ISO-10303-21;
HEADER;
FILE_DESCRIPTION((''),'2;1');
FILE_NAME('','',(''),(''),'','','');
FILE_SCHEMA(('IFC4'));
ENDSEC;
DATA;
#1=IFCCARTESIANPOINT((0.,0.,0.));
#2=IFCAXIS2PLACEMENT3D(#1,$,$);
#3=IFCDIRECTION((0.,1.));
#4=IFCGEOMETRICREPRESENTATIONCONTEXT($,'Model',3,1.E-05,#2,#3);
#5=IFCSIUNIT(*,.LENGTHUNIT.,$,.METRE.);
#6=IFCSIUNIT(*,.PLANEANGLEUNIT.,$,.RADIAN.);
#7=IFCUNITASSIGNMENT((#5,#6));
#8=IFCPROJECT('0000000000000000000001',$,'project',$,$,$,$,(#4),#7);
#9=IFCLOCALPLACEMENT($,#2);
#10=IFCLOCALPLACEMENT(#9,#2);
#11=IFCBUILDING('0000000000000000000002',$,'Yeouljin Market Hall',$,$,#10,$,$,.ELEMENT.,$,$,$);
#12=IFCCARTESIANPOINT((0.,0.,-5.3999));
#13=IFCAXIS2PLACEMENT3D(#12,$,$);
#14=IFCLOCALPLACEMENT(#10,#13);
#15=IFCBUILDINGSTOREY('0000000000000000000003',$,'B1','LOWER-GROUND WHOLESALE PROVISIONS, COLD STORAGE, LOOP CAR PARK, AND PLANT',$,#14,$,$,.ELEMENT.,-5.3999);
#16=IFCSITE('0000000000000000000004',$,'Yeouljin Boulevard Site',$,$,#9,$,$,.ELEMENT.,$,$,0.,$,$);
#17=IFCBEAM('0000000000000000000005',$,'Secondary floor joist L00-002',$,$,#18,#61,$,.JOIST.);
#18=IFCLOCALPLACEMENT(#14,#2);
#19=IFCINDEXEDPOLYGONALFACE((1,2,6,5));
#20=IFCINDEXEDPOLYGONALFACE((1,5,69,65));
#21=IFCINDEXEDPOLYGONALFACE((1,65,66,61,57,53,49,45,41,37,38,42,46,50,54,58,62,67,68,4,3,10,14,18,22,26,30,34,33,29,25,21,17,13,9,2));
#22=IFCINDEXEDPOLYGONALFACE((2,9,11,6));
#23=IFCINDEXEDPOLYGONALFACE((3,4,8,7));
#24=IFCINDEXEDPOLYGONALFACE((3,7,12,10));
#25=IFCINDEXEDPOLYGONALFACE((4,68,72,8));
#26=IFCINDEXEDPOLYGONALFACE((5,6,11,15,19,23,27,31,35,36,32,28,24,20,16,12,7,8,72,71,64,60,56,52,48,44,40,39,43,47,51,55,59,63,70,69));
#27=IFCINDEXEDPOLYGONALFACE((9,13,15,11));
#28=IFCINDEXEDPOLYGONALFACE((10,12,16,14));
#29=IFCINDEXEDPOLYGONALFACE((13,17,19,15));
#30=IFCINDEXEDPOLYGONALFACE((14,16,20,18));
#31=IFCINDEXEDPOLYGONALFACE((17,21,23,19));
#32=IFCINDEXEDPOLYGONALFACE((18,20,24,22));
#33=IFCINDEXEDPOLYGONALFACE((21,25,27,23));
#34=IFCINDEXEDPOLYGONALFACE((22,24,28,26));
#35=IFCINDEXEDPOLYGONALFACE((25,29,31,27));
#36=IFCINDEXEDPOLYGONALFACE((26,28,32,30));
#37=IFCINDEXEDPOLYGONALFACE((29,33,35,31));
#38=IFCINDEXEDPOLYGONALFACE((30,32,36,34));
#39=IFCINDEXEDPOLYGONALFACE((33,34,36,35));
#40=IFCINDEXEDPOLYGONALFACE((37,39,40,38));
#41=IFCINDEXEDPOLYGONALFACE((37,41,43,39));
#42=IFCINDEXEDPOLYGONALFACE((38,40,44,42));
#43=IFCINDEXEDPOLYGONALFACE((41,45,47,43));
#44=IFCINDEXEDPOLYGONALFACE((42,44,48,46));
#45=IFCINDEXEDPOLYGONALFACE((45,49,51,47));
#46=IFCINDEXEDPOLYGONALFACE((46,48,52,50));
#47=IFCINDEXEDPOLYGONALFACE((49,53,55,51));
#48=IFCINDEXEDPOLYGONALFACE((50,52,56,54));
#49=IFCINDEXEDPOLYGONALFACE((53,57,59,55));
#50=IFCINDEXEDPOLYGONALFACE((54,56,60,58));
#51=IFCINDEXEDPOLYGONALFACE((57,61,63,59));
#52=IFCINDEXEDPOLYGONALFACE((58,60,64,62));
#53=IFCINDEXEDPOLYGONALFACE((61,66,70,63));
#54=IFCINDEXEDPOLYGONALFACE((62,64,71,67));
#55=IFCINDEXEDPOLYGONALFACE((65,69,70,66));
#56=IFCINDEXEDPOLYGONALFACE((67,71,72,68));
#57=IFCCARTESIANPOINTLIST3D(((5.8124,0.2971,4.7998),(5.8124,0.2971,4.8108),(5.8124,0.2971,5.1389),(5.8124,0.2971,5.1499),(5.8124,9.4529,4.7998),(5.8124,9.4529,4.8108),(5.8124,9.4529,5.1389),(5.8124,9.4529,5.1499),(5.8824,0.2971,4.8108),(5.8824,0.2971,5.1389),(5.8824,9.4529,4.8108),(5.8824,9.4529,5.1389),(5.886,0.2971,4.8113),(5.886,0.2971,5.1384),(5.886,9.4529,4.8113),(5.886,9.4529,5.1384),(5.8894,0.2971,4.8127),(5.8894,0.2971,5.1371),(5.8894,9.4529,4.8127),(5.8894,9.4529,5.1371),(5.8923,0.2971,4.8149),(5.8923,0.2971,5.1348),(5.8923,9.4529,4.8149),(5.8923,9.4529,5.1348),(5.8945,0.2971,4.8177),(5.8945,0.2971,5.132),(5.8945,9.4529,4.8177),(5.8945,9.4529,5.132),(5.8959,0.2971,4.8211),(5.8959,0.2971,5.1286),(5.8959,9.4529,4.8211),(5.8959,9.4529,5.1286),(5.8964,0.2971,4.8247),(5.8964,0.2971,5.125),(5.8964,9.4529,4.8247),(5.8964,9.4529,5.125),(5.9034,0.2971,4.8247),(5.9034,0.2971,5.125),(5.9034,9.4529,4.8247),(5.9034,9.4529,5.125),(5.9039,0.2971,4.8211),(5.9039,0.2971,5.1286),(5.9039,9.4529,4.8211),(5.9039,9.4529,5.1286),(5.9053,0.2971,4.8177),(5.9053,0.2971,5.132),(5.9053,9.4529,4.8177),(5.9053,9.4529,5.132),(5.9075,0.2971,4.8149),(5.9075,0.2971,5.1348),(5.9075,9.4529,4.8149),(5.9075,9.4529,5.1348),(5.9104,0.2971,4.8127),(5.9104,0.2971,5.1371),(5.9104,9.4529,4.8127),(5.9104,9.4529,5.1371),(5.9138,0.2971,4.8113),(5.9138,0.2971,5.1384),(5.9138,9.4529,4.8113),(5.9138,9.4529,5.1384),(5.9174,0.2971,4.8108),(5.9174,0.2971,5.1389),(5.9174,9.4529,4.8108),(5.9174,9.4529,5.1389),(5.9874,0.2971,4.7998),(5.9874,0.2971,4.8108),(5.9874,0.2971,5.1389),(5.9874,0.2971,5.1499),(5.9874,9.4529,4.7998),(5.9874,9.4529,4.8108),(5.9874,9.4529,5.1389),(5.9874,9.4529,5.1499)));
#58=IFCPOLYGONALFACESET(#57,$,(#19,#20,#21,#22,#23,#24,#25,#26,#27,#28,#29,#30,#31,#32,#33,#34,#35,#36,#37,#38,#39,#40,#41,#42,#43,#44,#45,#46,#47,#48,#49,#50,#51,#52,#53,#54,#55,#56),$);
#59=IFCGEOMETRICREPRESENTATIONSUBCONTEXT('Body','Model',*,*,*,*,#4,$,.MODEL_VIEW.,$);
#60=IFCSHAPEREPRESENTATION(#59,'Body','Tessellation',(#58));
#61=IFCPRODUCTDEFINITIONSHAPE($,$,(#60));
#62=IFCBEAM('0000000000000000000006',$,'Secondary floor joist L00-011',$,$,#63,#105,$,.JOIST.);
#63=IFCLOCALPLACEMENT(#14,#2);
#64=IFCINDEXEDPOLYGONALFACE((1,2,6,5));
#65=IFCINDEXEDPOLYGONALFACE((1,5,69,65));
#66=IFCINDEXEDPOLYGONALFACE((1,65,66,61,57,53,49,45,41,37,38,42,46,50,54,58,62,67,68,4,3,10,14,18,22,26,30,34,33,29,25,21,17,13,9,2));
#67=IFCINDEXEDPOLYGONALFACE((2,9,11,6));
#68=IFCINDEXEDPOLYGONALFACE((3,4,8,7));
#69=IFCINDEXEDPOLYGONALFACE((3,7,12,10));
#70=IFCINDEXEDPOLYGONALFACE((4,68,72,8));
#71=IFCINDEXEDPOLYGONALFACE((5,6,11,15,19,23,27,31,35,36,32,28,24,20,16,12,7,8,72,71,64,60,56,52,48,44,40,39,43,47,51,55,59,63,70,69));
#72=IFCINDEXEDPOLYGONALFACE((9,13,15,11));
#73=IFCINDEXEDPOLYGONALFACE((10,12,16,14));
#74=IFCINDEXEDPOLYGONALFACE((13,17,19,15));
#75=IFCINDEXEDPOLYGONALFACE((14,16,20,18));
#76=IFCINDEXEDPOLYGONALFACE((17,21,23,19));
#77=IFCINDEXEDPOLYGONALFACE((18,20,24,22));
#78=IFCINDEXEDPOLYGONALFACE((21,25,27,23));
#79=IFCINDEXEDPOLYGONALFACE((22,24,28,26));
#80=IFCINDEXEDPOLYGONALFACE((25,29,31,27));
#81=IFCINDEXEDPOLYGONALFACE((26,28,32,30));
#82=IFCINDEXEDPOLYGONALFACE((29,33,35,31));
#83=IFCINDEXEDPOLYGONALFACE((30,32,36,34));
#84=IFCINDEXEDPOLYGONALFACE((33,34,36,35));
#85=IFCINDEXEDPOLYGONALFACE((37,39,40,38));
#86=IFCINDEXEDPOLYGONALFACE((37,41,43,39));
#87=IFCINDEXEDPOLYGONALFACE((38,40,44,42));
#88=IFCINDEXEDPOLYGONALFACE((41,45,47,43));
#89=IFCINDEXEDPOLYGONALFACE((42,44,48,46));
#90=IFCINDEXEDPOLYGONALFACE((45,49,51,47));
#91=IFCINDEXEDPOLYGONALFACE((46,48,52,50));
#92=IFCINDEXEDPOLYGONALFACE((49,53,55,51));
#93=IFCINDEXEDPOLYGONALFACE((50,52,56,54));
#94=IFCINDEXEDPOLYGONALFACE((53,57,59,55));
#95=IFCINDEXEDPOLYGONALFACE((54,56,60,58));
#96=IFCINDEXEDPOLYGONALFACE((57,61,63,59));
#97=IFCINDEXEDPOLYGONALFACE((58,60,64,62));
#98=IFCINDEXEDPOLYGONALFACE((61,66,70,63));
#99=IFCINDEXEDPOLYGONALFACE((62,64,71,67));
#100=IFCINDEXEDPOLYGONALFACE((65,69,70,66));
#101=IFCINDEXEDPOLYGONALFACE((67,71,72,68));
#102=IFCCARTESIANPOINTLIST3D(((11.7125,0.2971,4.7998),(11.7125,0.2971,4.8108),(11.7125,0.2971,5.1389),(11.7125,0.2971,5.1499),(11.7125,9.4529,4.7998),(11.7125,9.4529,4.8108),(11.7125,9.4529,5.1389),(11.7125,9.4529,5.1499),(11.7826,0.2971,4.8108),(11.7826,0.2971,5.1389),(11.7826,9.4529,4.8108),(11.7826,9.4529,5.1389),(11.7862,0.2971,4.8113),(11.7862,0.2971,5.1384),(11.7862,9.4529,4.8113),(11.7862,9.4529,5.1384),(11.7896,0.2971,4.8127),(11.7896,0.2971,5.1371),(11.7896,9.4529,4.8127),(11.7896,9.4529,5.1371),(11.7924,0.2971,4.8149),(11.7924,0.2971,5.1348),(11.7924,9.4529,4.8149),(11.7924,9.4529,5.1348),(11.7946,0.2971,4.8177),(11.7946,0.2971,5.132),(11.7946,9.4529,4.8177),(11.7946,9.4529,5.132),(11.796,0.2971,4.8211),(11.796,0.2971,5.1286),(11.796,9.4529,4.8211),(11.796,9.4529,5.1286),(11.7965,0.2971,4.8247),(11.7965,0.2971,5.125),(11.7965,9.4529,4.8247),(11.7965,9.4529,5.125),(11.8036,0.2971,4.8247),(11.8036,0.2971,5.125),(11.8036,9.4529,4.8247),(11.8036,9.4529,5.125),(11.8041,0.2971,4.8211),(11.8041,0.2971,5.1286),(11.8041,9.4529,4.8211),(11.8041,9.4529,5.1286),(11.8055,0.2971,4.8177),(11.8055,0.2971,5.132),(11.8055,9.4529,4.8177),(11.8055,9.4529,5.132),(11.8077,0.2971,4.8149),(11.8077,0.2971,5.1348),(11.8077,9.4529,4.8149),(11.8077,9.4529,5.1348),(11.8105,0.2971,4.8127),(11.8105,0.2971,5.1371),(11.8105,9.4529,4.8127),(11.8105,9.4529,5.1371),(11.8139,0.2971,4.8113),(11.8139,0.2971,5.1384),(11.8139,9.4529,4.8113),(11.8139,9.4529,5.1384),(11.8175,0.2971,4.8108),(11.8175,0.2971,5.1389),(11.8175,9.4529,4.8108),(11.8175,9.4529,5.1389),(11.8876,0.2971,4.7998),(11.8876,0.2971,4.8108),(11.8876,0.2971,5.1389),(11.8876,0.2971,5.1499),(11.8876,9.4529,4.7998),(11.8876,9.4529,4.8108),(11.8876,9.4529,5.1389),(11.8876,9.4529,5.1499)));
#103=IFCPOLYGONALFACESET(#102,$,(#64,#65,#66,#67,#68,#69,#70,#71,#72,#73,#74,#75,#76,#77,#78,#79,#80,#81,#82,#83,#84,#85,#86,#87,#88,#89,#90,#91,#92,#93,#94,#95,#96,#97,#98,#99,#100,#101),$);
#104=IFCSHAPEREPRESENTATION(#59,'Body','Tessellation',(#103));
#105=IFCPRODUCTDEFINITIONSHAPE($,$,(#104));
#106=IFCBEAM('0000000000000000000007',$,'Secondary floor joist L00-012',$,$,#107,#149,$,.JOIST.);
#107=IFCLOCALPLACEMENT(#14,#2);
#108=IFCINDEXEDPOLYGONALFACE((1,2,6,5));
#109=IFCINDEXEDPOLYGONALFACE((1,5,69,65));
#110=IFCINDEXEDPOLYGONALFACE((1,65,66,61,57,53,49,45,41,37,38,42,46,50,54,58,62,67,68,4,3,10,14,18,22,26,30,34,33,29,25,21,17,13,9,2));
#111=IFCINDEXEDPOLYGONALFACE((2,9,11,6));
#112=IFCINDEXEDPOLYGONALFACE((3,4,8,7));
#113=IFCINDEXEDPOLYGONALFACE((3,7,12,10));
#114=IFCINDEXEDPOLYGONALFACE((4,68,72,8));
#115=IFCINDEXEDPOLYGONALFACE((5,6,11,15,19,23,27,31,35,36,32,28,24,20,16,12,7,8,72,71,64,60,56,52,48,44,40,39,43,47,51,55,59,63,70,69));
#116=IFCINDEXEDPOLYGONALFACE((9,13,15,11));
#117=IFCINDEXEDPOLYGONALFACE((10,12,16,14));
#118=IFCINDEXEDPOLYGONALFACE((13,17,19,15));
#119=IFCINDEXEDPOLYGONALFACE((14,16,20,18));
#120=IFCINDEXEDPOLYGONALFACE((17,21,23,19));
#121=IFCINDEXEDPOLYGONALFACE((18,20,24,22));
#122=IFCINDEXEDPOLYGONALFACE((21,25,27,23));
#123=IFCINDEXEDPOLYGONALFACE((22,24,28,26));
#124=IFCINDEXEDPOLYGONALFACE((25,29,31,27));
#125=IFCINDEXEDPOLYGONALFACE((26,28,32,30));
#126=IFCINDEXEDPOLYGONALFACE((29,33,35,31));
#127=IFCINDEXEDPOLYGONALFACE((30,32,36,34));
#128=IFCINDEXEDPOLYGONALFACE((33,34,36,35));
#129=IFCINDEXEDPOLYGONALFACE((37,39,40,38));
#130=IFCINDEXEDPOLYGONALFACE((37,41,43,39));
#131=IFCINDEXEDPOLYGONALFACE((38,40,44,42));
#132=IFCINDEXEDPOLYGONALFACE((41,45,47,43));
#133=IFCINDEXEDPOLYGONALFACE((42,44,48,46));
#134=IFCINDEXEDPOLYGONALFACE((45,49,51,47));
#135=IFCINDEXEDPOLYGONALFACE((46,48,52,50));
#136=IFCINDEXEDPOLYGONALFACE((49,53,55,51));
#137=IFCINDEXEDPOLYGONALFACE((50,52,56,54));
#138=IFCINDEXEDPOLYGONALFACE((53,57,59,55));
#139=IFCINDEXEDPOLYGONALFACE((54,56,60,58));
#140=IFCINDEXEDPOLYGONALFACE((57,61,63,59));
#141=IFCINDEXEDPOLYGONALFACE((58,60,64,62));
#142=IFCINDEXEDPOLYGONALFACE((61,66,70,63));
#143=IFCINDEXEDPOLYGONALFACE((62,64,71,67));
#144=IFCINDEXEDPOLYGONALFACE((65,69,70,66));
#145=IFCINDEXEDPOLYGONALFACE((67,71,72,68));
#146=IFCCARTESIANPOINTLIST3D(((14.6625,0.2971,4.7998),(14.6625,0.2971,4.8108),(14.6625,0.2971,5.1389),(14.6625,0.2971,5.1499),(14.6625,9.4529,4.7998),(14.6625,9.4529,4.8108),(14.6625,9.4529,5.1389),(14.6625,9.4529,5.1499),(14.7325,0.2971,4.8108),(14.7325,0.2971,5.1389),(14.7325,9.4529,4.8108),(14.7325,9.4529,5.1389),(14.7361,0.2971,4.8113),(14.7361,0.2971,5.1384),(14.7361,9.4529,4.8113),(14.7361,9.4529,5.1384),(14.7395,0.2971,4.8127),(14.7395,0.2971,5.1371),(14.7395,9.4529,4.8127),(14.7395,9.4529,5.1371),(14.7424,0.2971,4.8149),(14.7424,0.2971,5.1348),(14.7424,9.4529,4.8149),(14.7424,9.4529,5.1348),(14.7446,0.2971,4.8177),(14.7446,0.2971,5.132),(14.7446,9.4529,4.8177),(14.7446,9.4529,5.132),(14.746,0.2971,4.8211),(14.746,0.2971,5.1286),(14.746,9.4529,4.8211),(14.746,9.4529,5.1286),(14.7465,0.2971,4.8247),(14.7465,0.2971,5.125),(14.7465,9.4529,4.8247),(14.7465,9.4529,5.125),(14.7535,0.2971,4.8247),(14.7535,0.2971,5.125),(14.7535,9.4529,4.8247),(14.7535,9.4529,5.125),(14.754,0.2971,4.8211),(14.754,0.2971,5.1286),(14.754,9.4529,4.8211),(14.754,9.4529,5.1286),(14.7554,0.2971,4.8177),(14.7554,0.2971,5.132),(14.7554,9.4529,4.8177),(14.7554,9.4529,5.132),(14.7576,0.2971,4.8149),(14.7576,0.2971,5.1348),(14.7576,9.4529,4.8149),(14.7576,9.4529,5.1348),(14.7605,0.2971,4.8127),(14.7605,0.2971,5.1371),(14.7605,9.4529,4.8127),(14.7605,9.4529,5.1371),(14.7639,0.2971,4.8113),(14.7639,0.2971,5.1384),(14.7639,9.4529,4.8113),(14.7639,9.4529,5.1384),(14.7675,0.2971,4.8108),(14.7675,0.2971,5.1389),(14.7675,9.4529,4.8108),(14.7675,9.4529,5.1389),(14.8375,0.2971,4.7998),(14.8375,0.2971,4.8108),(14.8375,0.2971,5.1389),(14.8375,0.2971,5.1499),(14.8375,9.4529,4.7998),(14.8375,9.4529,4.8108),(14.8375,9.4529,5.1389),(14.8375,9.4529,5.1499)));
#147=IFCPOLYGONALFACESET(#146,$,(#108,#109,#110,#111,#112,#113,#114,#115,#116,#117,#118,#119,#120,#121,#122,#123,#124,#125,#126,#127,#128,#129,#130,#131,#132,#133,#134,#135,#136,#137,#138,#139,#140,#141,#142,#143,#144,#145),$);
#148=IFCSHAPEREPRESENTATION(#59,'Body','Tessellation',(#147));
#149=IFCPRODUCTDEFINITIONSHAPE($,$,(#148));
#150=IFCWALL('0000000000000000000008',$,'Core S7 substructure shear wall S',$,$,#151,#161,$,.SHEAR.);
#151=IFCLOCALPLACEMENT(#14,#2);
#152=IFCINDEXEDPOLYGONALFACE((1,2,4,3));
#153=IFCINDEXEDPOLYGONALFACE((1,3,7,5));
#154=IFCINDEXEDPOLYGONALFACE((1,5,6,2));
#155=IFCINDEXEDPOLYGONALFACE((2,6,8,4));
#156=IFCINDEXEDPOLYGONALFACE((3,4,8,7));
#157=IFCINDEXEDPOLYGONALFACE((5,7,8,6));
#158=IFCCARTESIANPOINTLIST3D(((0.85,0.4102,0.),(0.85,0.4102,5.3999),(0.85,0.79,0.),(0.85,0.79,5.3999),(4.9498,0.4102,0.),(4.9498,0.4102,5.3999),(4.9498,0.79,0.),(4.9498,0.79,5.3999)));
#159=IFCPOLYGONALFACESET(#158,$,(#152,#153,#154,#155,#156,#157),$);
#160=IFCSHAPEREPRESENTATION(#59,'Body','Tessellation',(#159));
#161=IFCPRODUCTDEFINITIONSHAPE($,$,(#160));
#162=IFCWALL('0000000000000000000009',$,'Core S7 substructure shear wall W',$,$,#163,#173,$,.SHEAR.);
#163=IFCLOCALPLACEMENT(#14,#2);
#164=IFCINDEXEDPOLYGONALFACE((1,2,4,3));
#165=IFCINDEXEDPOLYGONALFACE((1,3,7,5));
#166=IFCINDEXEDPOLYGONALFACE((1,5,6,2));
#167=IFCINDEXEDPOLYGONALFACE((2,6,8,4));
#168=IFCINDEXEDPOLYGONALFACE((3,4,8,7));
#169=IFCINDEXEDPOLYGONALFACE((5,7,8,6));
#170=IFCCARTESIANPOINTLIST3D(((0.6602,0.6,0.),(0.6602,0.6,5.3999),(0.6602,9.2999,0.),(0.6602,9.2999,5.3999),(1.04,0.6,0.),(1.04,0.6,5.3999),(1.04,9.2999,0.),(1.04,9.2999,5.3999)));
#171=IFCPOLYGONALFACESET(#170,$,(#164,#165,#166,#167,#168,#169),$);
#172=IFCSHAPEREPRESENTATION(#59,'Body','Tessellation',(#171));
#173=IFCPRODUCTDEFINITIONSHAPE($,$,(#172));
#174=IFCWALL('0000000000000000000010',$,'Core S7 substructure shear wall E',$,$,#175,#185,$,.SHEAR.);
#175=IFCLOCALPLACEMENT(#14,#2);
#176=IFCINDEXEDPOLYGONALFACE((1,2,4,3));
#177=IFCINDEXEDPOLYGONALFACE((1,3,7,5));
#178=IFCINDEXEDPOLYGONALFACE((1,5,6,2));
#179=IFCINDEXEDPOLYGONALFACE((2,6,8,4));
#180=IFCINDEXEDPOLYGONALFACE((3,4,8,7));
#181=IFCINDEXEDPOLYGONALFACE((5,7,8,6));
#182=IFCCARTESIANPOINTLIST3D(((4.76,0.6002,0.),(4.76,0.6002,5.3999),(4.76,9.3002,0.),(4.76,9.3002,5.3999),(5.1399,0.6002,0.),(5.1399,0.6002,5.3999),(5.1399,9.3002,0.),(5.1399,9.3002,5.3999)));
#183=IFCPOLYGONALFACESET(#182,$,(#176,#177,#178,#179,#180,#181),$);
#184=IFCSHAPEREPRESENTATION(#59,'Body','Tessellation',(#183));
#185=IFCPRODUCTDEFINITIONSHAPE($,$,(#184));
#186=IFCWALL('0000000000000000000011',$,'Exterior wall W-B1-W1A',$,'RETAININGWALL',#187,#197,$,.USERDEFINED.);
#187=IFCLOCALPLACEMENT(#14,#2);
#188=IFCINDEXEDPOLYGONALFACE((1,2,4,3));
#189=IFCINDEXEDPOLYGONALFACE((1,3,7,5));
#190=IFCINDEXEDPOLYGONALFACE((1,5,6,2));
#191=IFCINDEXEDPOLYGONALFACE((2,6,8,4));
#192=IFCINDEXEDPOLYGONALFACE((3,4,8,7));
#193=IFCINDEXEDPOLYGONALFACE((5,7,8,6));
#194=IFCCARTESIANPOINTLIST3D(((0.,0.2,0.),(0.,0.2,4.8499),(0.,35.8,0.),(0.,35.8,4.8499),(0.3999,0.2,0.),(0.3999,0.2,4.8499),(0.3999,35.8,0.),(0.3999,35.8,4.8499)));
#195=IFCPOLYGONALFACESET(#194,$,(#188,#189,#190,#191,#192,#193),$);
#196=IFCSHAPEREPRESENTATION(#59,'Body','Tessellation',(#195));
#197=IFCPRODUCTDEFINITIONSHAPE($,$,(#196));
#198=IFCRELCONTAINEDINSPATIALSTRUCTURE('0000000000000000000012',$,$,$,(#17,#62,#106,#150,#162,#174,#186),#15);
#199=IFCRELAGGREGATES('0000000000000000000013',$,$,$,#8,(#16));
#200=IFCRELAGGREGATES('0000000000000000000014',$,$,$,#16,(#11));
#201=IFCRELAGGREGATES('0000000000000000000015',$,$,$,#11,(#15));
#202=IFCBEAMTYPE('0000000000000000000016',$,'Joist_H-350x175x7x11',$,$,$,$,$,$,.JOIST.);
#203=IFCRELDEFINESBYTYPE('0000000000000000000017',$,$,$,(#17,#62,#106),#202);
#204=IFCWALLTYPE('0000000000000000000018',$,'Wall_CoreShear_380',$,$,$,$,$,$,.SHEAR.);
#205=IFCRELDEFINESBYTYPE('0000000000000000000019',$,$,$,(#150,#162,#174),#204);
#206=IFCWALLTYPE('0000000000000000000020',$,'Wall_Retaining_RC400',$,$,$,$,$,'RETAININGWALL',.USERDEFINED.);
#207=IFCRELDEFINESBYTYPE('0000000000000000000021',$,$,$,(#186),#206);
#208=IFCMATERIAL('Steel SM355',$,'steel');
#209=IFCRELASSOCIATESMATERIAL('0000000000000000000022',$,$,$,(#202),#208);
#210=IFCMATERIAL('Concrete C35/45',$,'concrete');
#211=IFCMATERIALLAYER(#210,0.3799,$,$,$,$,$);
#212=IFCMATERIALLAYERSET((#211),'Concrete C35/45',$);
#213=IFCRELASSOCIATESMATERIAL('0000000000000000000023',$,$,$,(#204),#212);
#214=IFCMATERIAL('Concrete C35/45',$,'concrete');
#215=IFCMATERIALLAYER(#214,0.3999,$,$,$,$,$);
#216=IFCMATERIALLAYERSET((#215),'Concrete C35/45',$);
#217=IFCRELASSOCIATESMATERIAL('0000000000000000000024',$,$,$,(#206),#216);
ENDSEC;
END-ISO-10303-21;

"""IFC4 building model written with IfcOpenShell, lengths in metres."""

from ifc_helpers import new_model, si_unit, direction, frame, frame_2d, origin, origin_2d, place, context, subcontext, project, spatial, rectangle, i_section, extrude, material, layer, layer_set, material_profile, profile_set, type_object, element, save


model = new_model("IFC4")

# Units and contexts
model_context = context("Model", 3, precision=1e-05, world=origin(), true_north=direction((0.0, 1.0)))
body_context = subcontext(model_context, "Body", "Model", "MODEL_VIEW")
ifc_project = project(units=[si_unit("LENGTHUNIT", "METRE"), si_unit("PLANEANGLEUNIT", "RADIAN")], contexts=[model_context])

# Site, building, storey
site_placement = place(None, origin())
site = spatial("IfcSite", under=ifc_project, at=site_placement, Name="Yeouljin Boulevard Site", CompositionType="ELEMENT", RefElevation=0.0)
building_placement = place(site_placement, origin())
building = spatial("IfcBuilding", under=site, at=building_placement, Name="Yeouljin Market Hall", CompositionType="ELEMENT")
storey_placement = place(building_placement, frame((0.0, 0.0, -5.3999)))
storey = spatial("IfcBuildingStorey", under=building, at=storey_placement, Name="B1", Description="LOWER-GROUND WHOLESALE PROVISIONS, COLD STORAGE, LOOP CAR PARK, AND PLANT", CompositionType="ELEMENT", Elevation=-5.3999)

# Beams
ifc_material_1 = material(Name="Steel SM355", Category="steel")
ifc_material_profile_1 = material_profile(ifc_material_1, i_section(OverallWidth=0.175, OverallDepth=0.3501, WebThickness=0.0071, FlangeThickness=0.011, FilletRadius=0.0139, at=origin_2d()), Name="H-350x175x7x11")
ifc_profile_set_1 = profile_set([ifc_material_profile_1], Name="Steel SM355")
beam_type_1 = type_object("IfcBeamType", Name="Joist_H-350x175x7x11", PredefinedType="JOIST", material=ifc_profile_set_1)
for number, where, z_axis, x_axis, name in (
    (1, (5.8999, 0.2971, 4.9749), (0.0, 1.0, 0.0), (-1.0, 0.0, 0.0), "Secondary floor joist L00-002"),
    (2, (11.8, 0.2971, 4.9749), (0.0, 1.0, 0.0), (-1.0, 0.0, 0.0), "Secondary floor joist L00-011"),
    (3, (14.75, 0.2971, 4.9749), (0.0, 1.0, 0.0), (-1.0, 0.0, 0.0), "Secondary floor joist L00-012"),
):
    element("IfcBeam", number, at=place(storey_placement, frame(where, z_axis=z_axis, x_axis=x_axis)), inside=storey, type_object=beam_type_1, Name=name, PredefinedType="JOIST", context=body_context, shape_type="SweptSolid", body=[
        extrude(i_section(OverallWidth=0.175, OverallDepth=0.3501, WebThickness=0.0071, FlangeThickness=0.011, FilletRadius=0.0139, at=origin_2d()), origin(), (0.0, 0.0, 1.0), 9.1558),
    ])

# Walls
ifc_material_2 = material(Name="Concrete C35/45", Category="concrete")
ifc_layer_1 = layer(ifc_material_2, 0.3799)
ifc_layer_set_1 = layer_set([ifc_layer_1], Name="Concrete C35/45")
wall_type_1 = type_object("IfcWallType", Name="Wall_CoreShear_380", PredefinedType="SHEAR", material=ifc_layer_set_1)
wall_1_placement = place(storey_placement, frame((0.8501, 0.6001, 0.0), z_axis=(0.0, 0.0, 1.0), x_axis=(1.0, 0.0, 0.0)))
element("IfcWall", 4, at=wall_1_placement, inside=storey, type_object=wall_type_1, Name="Core S7 substructure shear wall S", PredefinedType="SHEAR", context=body_context, shape_type="SweptSolid", body=[
    extrude(rectangle(XDim=4.0999, YDim=0.3799, at=frame_2d((2.0498, 0.0))), origin(), (0.0, 0.0, 1.0), 5.3999),
])
for number, where, z_axis, x_axis, name in (
    (5, (0.8501, 9.3, 0.0), (0.0, 0.0, 1.0), (0.0, -1.0, 0.0), "Core S7 substructure shear wall W"),
    (6, (4.95, 0.6001, 0.0), (0.0, 0.0, 1.0), (0.0, 1.0, 0.0), "Core S7 substructure shear wall E"),
):
    element("IfcWall", number, at=place(storey_placement, frame(where, z_axis=z_axis, x_axis=x_axis)), inside=storey, type_object=wall_type_1, Name=name, PredefinedType="SHEAR", context=body_context, shape_type="SweptSolid", body=[
        extrude(rectangle(XDim=8.7, YDim=0.3799, at=frame_2d((4.3501, 0.0))), origin(), (0.0, 0.0, 1.0), 5.3999),
    ])
ifc_material_3 = material(Name="Concrete C35/45", Category="concrete")
ifc_layer_2 = layer(ifc_material_3, 0.3999)
ifc_layer_set_2 = layer_set([ifc_layer_2], Name="Concrete C35/45")
wall_type_2 = type_object("IfcWallType", Name="Wall_Retaining_RC400", ElementType="RETAININGWALL", PredefinedType="USERDEFINED", material=ifc_layer_set_2)
wall_2_placement = place(storey_placement, frame((0.2, 0.2, 0.0), z_axis=(0.0, 0.0, 1.0), x_axis=(0.0, 1.0, 0.0)))
element("IfcWall", 7, at=wall_2_placement, inside=storey, type_object=wall_type_2, Name="Exterior wall W-B1-W1A", ObjectType="RETAININGWALL", PredefinedType="USERDEFINED", context=body_context, shape_type="SweptSolid", body=[
    extrude(rectangle(XDim=35.6001, YDim=0.3999, at=frame_2d((17.8, 0.0))), origin(), (0.0, 0.0, 1.0), 4.8499),
])

save(model, "model.ifc")
